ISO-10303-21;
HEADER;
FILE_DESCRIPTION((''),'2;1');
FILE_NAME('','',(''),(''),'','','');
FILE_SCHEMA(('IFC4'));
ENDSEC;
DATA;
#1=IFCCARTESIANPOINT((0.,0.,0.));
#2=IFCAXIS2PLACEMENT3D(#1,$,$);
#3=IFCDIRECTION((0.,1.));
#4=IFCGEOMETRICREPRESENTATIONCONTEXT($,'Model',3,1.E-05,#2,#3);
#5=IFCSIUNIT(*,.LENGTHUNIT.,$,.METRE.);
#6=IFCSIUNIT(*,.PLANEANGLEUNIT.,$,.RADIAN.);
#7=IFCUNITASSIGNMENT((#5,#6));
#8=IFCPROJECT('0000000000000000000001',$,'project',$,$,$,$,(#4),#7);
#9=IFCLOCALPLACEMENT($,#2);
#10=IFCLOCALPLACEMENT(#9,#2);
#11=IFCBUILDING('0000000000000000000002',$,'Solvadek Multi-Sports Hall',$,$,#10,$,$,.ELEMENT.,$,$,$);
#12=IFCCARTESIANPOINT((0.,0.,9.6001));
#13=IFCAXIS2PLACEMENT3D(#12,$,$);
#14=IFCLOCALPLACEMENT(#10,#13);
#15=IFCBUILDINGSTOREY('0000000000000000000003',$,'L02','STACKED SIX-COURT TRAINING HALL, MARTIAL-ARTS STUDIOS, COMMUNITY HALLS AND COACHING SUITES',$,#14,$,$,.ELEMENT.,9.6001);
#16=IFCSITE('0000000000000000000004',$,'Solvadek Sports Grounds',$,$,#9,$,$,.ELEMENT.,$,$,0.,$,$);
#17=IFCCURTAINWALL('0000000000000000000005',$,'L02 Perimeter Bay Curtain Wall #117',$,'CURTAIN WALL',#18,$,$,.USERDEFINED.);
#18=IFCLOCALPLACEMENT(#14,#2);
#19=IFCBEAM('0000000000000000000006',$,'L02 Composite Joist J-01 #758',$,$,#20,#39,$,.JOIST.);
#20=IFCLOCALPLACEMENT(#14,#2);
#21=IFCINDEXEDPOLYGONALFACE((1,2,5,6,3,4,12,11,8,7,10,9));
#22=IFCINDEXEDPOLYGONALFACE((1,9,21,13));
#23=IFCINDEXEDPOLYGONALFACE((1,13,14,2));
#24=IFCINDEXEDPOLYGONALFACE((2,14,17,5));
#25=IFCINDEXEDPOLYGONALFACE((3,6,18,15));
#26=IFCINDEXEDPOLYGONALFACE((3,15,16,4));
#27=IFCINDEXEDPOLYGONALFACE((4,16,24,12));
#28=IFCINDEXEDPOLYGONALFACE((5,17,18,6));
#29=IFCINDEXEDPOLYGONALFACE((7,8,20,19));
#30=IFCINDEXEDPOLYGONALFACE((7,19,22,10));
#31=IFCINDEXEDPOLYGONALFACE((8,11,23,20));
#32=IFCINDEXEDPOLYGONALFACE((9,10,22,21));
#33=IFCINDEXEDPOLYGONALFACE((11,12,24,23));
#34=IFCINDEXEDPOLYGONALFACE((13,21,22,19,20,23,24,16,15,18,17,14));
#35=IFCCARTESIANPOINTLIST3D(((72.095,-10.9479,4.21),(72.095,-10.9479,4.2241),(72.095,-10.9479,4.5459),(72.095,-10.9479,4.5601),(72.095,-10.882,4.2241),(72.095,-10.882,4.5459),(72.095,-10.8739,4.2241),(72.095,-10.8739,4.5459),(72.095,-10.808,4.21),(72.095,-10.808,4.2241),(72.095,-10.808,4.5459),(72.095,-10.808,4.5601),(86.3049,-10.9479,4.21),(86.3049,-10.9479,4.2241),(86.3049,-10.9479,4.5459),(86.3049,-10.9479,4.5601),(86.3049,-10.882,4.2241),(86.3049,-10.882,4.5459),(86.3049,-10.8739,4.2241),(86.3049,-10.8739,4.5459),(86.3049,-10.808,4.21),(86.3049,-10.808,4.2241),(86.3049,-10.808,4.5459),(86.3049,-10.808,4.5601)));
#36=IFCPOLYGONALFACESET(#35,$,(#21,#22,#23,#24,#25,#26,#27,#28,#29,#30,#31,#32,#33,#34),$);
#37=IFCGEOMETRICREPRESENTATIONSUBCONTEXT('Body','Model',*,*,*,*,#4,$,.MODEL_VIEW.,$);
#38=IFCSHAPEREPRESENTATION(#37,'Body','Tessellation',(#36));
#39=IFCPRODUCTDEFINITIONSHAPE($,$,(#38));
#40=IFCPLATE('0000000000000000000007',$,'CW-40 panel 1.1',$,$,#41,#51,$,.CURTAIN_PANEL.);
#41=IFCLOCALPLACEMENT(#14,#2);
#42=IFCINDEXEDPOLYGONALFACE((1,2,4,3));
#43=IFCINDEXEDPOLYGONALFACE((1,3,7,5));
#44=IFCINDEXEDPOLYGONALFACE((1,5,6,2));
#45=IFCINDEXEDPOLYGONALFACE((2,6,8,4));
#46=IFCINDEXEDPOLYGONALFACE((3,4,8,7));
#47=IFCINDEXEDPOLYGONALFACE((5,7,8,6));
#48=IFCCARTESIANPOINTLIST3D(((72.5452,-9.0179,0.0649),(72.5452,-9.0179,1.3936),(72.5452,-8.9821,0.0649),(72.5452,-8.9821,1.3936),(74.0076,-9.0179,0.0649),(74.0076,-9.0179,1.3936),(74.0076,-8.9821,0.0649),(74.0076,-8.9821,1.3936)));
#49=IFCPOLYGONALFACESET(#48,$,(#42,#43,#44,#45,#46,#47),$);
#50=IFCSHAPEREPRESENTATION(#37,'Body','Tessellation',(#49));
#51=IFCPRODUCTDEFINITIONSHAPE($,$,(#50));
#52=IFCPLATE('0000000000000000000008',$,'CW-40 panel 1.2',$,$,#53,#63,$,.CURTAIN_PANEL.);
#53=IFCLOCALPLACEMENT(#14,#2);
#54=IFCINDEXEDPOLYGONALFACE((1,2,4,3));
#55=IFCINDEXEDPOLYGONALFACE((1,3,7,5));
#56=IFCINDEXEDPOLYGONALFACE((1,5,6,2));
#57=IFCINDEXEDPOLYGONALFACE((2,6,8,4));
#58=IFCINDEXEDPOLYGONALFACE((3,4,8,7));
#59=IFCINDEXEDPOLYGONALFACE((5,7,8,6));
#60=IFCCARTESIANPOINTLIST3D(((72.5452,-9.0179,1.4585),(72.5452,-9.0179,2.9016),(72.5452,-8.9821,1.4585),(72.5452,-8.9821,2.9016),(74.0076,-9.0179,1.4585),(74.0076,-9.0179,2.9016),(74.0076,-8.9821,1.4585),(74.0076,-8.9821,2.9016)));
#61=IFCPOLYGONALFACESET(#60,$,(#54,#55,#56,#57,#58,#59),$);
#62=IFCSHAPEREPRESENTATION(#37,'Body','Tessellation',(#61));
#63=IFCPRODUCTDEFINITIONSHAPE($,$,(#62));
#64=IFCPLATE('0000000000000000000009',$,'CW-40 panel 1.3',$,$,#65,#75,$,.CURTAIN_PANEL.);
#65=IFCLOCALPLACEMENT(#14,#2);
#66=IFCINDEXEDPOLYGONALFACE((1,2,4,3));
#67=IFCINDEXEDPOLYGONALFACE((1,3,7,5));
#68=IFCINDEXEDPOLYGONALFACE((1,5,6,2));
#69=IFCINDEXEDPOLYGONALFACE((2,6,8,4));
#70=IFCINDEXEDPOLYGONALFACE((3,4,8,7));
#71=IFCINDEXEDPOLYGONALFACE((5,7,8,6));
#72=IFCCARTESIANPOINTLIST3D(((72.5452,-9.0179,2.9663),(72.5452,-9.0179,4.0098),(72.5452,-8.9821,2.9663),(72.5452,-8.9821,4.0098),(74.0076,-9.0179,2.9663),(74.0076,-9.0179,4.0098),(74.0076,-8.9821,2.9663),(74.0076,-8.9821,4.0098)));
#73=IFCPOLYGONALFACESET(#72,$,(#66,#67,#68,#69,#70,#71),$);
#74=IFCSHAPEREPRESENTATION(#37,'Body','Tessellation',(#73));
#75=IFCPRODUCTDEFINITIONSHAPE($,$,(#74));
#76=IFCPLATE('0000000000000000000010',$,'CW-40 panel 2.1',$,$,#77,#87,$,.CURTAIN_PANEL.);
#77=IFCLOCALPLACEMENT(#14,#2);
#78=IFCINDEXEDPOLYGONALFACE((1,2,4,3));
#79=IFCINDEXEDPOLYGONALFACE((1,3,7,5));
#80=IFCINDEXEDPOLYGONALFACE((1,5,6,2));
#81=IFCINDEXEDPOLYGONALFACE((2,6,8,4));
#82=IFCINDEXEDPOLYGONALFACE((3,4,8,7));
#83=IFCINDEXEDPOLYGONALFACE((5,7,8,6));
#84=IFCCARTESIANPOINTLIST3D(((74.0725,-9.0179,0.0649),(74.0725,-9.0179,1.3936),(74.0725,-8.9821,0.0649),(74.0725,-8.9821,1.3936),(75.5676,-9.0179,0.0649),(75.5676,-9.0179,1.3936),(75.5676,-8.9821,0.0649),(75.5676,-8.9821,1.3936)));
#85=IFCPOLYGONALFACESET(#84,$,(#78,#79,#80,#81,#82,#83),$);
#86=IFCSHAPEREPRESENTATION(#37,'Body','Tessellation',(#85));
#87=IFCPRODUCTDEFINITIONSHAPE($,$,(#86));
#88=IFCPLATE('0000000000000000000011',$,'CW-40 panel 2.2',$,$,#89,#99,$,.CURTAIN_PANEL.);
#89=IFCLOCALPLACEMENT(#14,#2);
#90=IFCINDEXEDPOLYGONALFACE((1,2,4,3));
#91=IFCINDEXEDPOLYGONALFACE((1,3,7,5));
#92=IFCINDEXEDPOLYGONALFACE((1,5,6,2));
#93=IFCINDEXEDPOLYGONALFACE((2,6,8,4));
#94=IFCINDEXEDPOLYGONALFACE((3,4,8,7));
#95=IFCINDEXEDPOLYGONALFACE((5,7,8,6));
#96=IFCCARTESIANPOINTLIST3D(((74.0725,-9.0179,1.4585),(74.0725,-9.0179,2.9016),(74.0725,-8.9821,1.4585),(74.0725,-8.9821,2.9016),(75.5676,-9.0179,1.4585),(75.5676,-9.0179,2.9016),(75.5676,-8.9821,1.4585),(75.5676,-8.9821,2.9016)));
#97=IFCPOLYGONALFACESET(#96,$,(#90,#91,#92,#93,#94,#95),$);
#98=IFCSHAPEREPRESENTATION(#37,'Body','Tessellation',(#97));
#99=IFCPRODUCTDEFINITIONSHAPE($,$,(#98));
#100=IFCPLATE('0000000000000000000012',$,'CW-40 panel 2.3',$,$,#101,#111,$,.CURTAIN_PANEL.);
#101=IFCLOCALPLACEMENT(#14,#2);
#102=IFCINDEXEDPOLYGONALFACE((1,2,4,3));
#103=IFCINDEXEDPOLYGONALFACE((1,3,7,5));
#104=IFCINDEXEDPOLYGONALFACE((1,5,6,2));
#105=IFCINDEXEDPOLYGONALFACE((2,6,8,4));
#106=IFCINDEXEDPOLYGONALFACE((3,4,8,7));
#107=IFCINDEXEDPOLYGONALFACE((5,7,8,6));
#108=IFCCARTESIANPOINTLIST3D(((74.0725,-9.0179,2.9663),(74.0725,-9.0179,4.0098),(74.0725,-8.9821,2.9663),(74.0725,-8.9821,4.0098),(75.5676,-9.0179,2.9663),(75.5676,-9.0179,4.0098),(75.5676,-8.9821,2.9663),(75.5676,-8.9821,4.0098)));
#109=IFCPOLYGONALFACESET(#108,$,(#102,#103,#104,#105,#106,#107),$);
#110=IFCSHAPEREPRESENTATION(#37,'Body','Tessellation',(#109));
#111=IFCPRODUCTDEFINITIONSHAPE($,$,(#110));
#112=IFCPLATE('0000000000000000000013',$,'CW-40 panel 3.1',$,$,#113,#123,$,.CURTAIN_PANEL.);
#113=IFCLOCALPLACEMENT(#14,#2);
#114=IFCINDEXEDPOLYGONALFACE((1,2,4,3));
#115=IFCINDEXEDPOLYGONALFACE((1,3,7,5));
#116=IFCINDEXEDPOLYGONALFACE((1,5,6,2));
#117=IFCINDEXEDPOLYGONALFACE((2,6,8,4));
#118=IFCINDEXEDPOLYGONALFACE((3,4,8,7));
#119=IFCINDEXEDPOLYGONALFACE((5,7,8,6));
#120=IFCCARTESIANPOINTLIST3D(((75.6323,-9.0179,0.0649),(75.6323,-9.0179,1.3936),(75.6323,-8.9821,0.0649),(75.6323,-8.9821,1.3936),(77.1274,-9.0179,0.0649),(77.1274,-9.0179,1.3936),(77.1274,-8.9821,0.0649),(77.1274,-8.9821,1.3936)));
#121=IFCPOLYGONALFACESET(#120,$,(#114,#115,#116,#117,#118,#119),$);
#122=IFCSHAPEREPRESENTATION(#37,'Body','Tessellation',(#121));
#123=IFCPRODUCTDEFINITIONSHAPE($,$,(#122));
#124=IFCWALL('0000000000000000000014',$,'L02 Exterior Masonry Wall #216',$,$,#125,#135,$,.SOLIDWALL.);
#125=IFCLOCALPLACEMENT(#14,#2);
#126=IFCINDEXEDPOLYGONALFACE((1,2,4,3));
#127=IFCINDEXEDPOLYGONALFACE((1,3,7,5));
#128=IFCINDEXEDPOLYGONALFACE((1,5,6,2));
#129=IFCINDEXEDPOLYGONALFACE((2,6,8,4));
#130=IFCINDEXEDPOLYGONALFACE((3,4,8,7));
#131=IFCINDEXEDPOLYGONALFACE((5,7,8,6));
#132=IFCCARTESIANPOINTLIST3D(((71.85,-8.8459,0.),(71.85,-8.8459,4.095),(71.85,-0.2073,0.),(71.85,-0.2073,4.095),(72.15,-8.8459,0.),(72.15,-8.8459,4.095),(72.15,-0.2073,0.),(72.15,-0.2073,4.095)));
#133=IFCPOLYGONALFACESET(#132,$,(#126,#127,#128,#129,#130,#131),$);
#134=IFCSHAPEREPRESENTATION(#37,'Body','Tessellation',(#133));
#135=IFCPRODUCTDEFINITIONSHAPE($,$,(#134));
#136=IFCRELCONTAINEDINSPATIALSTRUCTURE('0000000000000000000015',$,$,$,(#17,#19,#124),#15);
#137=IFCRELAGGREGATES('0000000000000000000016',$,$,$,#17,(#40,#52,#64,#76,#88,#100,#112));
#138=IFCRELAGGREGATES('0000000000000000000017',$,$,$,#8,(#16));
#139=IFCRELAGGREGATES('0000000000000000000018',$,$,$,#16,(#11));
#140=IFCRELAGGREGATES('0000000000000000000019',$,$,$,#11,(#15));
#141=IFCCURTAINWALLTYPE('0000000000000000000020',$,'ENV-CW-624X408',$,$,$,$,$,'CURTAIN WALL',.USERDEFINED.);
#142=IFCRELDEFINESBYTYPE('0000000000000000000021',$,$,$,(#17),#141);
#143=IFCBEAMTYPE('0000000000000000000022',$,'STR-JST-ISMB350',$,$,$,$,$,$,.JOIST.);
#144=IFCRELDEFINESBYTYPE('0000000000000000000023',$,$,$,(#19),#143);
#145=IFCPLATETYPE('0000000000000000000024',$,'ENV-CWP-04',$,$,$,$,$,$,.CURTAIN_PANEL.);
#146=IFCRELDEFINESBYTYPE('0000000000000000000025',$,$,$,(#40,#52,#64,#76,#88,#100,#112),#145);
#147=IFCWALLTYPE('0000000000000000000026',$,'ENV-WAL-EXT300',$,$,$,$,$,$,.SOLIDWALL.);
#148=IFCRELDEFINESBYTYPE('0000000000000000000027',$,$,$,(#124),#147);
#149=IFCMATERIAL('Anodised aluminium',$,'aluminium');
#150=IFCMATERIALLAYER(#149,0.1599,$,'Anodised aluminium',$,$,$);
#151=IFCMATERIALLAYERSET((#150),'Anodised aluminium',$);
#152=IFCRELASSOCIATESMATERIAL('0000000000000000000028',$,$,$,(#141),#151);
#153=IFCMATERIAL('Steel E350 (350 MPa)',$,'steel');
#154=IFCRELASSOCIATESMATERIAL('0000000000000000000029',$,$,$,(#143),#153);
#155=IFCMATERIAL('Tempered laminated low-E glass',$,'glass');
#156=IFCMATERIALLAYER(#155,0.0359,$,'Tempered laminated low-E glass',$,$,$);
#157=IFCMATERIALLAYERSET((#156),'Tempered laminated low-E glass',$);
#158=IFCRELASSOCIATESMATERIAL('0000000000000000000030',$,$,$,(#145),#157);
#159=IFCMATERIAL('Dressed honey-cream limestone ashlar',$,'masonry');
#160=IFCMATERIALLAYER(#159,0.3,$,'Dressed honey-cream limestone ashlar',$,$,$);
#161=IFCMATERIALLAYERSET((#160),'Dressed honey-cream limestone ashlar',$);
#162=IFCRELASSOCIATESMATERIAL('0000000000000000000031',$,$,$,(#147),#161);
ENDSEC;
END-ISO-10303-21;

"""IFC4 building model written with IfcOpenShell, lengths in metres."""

from ifc_helpers import new_model, si_unit, direction, frame, frame_2d, origin, origin_2d, place, context, subcontext, project, spatial, rectangle, i_section, extrude, material, layer, layer_set, material_profile, profile_set, type_object, element, aggregate, save


model = new_model("IFC4")

# Units and contexts
model_context = context("Model", 3, precision=1e-05, world=origin(), true_north=direction((0.0, 1.0)))
body_context = subcontext(model_context, "Body", "Model", "MODEL_VIEW")
ifc_project = project(units=[si_unit("LENGTHUNIT", "METRE"), si_unit("PLANEANGLEUNIT", "RADIAN")], contexts=[model_context])

# Site, building, storey
site_placement = place(None, origin())
site = spatial("IfcSite", under=ifc_project, at=site_placement, Name="Solvadek Sports Grounds", CompositionType="ELEMENT", RefElevation=0.0)
building_placement = place(site_placement, origin())
building = spatial("IfcBuilding", under=site, at=building_placement, Name="Solvadek Multi-Sports Hall", CompositionType="ELEMENT")
storey_placement = place(building_placement, frame((0.0, 0.0, 9.6001)))
storey = spatial("IfcBuildingStorey", under=building, at=storey_placement, Name="L02", Description="STACKED SIX-COURT TRAINING HALL, MARTIAL-ARTS STUDIOS, COMMUNITY HALLS AND COACHING SUITES", CompositionType="ELEMENT", Elevation=9.6001)

# Shared definitions
ifc_material_1 = material(Name="Steel E350 (350 MPa)", Category="steel")

# Curtain wall
ifc_material_2 = material(Name="Anodised aluminium", Category="aluminium")
ifc_layer_1 = layer(ifc_material_2, 0.1599, Name="Anodised aluminium")
ifc_layer_set_1 = layer_set([ifc_layer_1], Name="Anodised aluminium")
curtain_wall_type = type_object("IfcCurtainWallType", Name="ENV-CW-624X408", ElementType="CURTAIN WALL", PredefinedType="USERDEFINED", material=ifc_layer_set_1)
curtain_wall_placement = place(storey_placement, origin())
curtain_wall = element("IfcCurtainWall", 1, at=curtain_wall_placement, inside=storey, type_object=curtain_wall_type, Name="L02 Perimeter Bay Curtain Wall #117", ObjectType="CURTAIN WALL", PredefinedType="USERDEFINED")

# Beam
ifc_material_profile_1 = material_profile(ifc_material_1, i_section(OverallWidth=0.1399, OverallDepth=0.3501, WebThickness=0.0081, FlangeThickness=0.0142, at=origin_2d()), Name="ISMB 350")
ifc_profile_set_1 = profile_set([ifc_material_profile_1], Name="Steel E350 (350 MPa)")
beam_type_1 = type_object("IfcBeamType", Name="STR-JST-ISMB350", PredefinedType="JOIST", material=ifc_profile_set_1)
beam_1_placement = place(storey_placement, frame((72.095, -10.8779, 4.385), z_axis=(1.0, 0.0, 0.0), x_axis=(0.0, 1.0, 0.0)))
element("IfcBeam", 2, at=beam_1_placement, inside=storey, type_object=beam_type_1, Name="L02 Composite Joist J-01 #758", PredefinedType="JOIST", context=body_context, shape_type="SweptSolid", body=[
    extrude(i_section(OverallWidth=0.1399, OverallDepth=0.3501, WebThickness=0.0081, FlangeThickness=0.0142, at=origin_2d()), origin(), (0.0, 0.0, 1.0), 14.21),
])

# Plates
ifc_material_3 = material(Name="Tempered laminated low-E glass", Category="glass")
ifc_layer_2 = layer(ifc_material_3, 0.0359, Name="Tempered laminated low-E glass")
ifc_layer_set_2 = layer_set([ifc_layer_2], Name="Tempered laminated low-E glass")
plate_type = type_object("IfcPlateType", Name="ENV-CWP-04", PredefinedType="CURTAIN_PANEL", material=ifc_layer_set_2)
plate_1_placement = place(storey_placement, frame((73.2764, -9.0, 0.0649), z_axis=(0.0, 0.0, 1.0), x_axis=(1.0, 0.0, 0.0)))
plate_1 = element("IfcPlate", 3, at=plate_1_placement, type_object=plate_type, Name="CW-40 panel 1.1", PredefinedType="CURTAIN_PANEL", context=body_context, shape_type="SweptSolid", body=[
    extrude(rectangle(XDim=1.4624, YDim=0.0359, at=origin_2d()), origin(), (0.0, 0.0, 1.0), 1.3286),
])
plate_2_placement = place(storey_placement, frame((73.2764, -9.0, 1.4585), z_axis=(0.0, 0.0, 1.0), x_axis=(1.0, 0.0, 0.0)))
plate_2 = element("IfcPlate", 4, at=plate_2_placement, type_object=plate_type, Name="CW-40 panel 1.2", PredefinedType="CURTAIN_PANEL", context=body_context, shape_type="SweptSolid", body=[
    extrude(rectangle(XDim=1.4624, YDim=0.0359, at=origin_2d()), origin(), (0.0, 0.0, 1.0), 1.4431),
])
plate_3_placement = place(storey_placement, frame((73.2764, -9.0, 2.9663), z_axis=(0.0, 0.0, 1.0), x_axis=(1.0, 0.0, 0.0)))
plate_3 = element("IfcPlate", 5, at=plate_3_placement, type_object=plate_type, Name="CW-40 panel 1.3", PredefinedType="CURTAIN_PANEL", context=body_context, shape_type="SweptSolid", body=[
    extrude(rectangle(XDim=1.4624, YDim=0.0359, at=origin_2d()), origin(), (0.0, 0.0, 1.0), 1.0435),
])
plate_4_placement = place(storey_placement, frame((74.8201, -9.0, 0.0649), z_axis=(0.0, 0.0, 1.0), x_axis=(1.0, 0.0, 0.0)))
plate_4 = element("IfcPlate", 6, at=plate_4_placement, type_object=plate_type, Name="CW-40 panel 2.1", PredefinedType="CURTAIN_PANEL", context=body_context, shape_type="SweptSolid", body=[
    extrude(rectangle(XDim=1.4951, YDim=0.0359, at=origin_2d()), origin(), (0.0, 0.0, 1.0), 1.3286),
])
plate_5_placement = place(storey_placement, frame((74.8201, -9.0, 1.4585), z_axis=(0.0, 0.0, 1.0), x_axis=(1.0, 0.0, 0.0)))
plate_5 = element("IfcPlate", 7, at=plate_5_placement, type_object=plate_type, Name="CW-40 panel 2.2", PredefinedType="CURTAIN_PANEL", context=body_context, shape_type="SweptSolid", body=[
    extrude(rectangle(XDim=1.4951, YDim=0.0359, at=origin_2d()), origin(), (0.0, 0.0, 1.0), 1.4431),
])
plate_6_placement = place(storey_placement, frame((74.8201, -9.0, 2.9663), z_axis=(0.0, 0.0, 1.0), x_axis=(1.0, 0.0, 0.0)))
plate_6 = element("IfcPlate", 8, at=plate_6_placement, type_object=plate_type, Name="CW-40 panel 2.3", PredefinedType="CURTAIN_PANEL", context=body_context, shape_type="SweptSolid", body=[
    extrude(rectangle(XDim=1.4951, YDim=0.0359, at=origin_2d()), origin(), (0.0, 0.0, 1.0), 1.0435),
])
plate_7_placement = place(storey_placement, frame((76.3799, -9.0, 0.0649), z_axis=(0.0, 0.0, 1.0), x_axis=(1.0, 0.0, 0.0)))
plate_7 = element("IfcPlate", 9, at=plate_7_placement, type_object=plate_type, Name="CW-40 panel 3.1", PredefinedType="CURTAIN_PANEL", context=body_context, shape_type="SweptSolid", body=[
    extrude(rectangle(XDim=1.4951, YDim=0.0359, at=origin_2d()), origin(), (0.0, 0.0, 1.0), 1.3286),
])
aggregate(curtain_wall, [plate_1, plate_2, plate_3, plate_4, plate_5, plate_6, plate_7])

# Wall
ifc_material_4 = material(Name="Dressed honey-cream limestone ashlar", Category="masonry")
ifc_layer_3 = layer(ifc_material_4, 0.3, Name="Dressed honey-cream limestone ashlar")
ifc_layer_set_3 = layer_set([ifc_layer_3], Name="Dressed honey-cream limestone ashlar")
wall_type = type_object("IfcWallType", Name="ENV-WAL-EXT300", PredefinedType="SOLIDWALL", material=ifc_layer_set_3)
wall_placement = place(storey_placement, frame((72.0, -8.8459, 0.0), z_axis=(0.0, 0.0, 1.0), x_axis=(0.0, 1.0, 0.0)))
element("IfcWall", 10, at=wall_placement, inside=storey, type_object=wall_type, Name="L02 Exterior Masonry Wall #216", PredefinedType="SOLIDWALL", context=body_context, shape_type="SweptSolid", body=[
    extrude(rectangle(XDim=8.6387, YDim=0.3, at=frame_2d((4.3193, 0.0))), origin(), (0.0, 0.0, 1.0), 4.095),
])

save(model, "model.ifc")
